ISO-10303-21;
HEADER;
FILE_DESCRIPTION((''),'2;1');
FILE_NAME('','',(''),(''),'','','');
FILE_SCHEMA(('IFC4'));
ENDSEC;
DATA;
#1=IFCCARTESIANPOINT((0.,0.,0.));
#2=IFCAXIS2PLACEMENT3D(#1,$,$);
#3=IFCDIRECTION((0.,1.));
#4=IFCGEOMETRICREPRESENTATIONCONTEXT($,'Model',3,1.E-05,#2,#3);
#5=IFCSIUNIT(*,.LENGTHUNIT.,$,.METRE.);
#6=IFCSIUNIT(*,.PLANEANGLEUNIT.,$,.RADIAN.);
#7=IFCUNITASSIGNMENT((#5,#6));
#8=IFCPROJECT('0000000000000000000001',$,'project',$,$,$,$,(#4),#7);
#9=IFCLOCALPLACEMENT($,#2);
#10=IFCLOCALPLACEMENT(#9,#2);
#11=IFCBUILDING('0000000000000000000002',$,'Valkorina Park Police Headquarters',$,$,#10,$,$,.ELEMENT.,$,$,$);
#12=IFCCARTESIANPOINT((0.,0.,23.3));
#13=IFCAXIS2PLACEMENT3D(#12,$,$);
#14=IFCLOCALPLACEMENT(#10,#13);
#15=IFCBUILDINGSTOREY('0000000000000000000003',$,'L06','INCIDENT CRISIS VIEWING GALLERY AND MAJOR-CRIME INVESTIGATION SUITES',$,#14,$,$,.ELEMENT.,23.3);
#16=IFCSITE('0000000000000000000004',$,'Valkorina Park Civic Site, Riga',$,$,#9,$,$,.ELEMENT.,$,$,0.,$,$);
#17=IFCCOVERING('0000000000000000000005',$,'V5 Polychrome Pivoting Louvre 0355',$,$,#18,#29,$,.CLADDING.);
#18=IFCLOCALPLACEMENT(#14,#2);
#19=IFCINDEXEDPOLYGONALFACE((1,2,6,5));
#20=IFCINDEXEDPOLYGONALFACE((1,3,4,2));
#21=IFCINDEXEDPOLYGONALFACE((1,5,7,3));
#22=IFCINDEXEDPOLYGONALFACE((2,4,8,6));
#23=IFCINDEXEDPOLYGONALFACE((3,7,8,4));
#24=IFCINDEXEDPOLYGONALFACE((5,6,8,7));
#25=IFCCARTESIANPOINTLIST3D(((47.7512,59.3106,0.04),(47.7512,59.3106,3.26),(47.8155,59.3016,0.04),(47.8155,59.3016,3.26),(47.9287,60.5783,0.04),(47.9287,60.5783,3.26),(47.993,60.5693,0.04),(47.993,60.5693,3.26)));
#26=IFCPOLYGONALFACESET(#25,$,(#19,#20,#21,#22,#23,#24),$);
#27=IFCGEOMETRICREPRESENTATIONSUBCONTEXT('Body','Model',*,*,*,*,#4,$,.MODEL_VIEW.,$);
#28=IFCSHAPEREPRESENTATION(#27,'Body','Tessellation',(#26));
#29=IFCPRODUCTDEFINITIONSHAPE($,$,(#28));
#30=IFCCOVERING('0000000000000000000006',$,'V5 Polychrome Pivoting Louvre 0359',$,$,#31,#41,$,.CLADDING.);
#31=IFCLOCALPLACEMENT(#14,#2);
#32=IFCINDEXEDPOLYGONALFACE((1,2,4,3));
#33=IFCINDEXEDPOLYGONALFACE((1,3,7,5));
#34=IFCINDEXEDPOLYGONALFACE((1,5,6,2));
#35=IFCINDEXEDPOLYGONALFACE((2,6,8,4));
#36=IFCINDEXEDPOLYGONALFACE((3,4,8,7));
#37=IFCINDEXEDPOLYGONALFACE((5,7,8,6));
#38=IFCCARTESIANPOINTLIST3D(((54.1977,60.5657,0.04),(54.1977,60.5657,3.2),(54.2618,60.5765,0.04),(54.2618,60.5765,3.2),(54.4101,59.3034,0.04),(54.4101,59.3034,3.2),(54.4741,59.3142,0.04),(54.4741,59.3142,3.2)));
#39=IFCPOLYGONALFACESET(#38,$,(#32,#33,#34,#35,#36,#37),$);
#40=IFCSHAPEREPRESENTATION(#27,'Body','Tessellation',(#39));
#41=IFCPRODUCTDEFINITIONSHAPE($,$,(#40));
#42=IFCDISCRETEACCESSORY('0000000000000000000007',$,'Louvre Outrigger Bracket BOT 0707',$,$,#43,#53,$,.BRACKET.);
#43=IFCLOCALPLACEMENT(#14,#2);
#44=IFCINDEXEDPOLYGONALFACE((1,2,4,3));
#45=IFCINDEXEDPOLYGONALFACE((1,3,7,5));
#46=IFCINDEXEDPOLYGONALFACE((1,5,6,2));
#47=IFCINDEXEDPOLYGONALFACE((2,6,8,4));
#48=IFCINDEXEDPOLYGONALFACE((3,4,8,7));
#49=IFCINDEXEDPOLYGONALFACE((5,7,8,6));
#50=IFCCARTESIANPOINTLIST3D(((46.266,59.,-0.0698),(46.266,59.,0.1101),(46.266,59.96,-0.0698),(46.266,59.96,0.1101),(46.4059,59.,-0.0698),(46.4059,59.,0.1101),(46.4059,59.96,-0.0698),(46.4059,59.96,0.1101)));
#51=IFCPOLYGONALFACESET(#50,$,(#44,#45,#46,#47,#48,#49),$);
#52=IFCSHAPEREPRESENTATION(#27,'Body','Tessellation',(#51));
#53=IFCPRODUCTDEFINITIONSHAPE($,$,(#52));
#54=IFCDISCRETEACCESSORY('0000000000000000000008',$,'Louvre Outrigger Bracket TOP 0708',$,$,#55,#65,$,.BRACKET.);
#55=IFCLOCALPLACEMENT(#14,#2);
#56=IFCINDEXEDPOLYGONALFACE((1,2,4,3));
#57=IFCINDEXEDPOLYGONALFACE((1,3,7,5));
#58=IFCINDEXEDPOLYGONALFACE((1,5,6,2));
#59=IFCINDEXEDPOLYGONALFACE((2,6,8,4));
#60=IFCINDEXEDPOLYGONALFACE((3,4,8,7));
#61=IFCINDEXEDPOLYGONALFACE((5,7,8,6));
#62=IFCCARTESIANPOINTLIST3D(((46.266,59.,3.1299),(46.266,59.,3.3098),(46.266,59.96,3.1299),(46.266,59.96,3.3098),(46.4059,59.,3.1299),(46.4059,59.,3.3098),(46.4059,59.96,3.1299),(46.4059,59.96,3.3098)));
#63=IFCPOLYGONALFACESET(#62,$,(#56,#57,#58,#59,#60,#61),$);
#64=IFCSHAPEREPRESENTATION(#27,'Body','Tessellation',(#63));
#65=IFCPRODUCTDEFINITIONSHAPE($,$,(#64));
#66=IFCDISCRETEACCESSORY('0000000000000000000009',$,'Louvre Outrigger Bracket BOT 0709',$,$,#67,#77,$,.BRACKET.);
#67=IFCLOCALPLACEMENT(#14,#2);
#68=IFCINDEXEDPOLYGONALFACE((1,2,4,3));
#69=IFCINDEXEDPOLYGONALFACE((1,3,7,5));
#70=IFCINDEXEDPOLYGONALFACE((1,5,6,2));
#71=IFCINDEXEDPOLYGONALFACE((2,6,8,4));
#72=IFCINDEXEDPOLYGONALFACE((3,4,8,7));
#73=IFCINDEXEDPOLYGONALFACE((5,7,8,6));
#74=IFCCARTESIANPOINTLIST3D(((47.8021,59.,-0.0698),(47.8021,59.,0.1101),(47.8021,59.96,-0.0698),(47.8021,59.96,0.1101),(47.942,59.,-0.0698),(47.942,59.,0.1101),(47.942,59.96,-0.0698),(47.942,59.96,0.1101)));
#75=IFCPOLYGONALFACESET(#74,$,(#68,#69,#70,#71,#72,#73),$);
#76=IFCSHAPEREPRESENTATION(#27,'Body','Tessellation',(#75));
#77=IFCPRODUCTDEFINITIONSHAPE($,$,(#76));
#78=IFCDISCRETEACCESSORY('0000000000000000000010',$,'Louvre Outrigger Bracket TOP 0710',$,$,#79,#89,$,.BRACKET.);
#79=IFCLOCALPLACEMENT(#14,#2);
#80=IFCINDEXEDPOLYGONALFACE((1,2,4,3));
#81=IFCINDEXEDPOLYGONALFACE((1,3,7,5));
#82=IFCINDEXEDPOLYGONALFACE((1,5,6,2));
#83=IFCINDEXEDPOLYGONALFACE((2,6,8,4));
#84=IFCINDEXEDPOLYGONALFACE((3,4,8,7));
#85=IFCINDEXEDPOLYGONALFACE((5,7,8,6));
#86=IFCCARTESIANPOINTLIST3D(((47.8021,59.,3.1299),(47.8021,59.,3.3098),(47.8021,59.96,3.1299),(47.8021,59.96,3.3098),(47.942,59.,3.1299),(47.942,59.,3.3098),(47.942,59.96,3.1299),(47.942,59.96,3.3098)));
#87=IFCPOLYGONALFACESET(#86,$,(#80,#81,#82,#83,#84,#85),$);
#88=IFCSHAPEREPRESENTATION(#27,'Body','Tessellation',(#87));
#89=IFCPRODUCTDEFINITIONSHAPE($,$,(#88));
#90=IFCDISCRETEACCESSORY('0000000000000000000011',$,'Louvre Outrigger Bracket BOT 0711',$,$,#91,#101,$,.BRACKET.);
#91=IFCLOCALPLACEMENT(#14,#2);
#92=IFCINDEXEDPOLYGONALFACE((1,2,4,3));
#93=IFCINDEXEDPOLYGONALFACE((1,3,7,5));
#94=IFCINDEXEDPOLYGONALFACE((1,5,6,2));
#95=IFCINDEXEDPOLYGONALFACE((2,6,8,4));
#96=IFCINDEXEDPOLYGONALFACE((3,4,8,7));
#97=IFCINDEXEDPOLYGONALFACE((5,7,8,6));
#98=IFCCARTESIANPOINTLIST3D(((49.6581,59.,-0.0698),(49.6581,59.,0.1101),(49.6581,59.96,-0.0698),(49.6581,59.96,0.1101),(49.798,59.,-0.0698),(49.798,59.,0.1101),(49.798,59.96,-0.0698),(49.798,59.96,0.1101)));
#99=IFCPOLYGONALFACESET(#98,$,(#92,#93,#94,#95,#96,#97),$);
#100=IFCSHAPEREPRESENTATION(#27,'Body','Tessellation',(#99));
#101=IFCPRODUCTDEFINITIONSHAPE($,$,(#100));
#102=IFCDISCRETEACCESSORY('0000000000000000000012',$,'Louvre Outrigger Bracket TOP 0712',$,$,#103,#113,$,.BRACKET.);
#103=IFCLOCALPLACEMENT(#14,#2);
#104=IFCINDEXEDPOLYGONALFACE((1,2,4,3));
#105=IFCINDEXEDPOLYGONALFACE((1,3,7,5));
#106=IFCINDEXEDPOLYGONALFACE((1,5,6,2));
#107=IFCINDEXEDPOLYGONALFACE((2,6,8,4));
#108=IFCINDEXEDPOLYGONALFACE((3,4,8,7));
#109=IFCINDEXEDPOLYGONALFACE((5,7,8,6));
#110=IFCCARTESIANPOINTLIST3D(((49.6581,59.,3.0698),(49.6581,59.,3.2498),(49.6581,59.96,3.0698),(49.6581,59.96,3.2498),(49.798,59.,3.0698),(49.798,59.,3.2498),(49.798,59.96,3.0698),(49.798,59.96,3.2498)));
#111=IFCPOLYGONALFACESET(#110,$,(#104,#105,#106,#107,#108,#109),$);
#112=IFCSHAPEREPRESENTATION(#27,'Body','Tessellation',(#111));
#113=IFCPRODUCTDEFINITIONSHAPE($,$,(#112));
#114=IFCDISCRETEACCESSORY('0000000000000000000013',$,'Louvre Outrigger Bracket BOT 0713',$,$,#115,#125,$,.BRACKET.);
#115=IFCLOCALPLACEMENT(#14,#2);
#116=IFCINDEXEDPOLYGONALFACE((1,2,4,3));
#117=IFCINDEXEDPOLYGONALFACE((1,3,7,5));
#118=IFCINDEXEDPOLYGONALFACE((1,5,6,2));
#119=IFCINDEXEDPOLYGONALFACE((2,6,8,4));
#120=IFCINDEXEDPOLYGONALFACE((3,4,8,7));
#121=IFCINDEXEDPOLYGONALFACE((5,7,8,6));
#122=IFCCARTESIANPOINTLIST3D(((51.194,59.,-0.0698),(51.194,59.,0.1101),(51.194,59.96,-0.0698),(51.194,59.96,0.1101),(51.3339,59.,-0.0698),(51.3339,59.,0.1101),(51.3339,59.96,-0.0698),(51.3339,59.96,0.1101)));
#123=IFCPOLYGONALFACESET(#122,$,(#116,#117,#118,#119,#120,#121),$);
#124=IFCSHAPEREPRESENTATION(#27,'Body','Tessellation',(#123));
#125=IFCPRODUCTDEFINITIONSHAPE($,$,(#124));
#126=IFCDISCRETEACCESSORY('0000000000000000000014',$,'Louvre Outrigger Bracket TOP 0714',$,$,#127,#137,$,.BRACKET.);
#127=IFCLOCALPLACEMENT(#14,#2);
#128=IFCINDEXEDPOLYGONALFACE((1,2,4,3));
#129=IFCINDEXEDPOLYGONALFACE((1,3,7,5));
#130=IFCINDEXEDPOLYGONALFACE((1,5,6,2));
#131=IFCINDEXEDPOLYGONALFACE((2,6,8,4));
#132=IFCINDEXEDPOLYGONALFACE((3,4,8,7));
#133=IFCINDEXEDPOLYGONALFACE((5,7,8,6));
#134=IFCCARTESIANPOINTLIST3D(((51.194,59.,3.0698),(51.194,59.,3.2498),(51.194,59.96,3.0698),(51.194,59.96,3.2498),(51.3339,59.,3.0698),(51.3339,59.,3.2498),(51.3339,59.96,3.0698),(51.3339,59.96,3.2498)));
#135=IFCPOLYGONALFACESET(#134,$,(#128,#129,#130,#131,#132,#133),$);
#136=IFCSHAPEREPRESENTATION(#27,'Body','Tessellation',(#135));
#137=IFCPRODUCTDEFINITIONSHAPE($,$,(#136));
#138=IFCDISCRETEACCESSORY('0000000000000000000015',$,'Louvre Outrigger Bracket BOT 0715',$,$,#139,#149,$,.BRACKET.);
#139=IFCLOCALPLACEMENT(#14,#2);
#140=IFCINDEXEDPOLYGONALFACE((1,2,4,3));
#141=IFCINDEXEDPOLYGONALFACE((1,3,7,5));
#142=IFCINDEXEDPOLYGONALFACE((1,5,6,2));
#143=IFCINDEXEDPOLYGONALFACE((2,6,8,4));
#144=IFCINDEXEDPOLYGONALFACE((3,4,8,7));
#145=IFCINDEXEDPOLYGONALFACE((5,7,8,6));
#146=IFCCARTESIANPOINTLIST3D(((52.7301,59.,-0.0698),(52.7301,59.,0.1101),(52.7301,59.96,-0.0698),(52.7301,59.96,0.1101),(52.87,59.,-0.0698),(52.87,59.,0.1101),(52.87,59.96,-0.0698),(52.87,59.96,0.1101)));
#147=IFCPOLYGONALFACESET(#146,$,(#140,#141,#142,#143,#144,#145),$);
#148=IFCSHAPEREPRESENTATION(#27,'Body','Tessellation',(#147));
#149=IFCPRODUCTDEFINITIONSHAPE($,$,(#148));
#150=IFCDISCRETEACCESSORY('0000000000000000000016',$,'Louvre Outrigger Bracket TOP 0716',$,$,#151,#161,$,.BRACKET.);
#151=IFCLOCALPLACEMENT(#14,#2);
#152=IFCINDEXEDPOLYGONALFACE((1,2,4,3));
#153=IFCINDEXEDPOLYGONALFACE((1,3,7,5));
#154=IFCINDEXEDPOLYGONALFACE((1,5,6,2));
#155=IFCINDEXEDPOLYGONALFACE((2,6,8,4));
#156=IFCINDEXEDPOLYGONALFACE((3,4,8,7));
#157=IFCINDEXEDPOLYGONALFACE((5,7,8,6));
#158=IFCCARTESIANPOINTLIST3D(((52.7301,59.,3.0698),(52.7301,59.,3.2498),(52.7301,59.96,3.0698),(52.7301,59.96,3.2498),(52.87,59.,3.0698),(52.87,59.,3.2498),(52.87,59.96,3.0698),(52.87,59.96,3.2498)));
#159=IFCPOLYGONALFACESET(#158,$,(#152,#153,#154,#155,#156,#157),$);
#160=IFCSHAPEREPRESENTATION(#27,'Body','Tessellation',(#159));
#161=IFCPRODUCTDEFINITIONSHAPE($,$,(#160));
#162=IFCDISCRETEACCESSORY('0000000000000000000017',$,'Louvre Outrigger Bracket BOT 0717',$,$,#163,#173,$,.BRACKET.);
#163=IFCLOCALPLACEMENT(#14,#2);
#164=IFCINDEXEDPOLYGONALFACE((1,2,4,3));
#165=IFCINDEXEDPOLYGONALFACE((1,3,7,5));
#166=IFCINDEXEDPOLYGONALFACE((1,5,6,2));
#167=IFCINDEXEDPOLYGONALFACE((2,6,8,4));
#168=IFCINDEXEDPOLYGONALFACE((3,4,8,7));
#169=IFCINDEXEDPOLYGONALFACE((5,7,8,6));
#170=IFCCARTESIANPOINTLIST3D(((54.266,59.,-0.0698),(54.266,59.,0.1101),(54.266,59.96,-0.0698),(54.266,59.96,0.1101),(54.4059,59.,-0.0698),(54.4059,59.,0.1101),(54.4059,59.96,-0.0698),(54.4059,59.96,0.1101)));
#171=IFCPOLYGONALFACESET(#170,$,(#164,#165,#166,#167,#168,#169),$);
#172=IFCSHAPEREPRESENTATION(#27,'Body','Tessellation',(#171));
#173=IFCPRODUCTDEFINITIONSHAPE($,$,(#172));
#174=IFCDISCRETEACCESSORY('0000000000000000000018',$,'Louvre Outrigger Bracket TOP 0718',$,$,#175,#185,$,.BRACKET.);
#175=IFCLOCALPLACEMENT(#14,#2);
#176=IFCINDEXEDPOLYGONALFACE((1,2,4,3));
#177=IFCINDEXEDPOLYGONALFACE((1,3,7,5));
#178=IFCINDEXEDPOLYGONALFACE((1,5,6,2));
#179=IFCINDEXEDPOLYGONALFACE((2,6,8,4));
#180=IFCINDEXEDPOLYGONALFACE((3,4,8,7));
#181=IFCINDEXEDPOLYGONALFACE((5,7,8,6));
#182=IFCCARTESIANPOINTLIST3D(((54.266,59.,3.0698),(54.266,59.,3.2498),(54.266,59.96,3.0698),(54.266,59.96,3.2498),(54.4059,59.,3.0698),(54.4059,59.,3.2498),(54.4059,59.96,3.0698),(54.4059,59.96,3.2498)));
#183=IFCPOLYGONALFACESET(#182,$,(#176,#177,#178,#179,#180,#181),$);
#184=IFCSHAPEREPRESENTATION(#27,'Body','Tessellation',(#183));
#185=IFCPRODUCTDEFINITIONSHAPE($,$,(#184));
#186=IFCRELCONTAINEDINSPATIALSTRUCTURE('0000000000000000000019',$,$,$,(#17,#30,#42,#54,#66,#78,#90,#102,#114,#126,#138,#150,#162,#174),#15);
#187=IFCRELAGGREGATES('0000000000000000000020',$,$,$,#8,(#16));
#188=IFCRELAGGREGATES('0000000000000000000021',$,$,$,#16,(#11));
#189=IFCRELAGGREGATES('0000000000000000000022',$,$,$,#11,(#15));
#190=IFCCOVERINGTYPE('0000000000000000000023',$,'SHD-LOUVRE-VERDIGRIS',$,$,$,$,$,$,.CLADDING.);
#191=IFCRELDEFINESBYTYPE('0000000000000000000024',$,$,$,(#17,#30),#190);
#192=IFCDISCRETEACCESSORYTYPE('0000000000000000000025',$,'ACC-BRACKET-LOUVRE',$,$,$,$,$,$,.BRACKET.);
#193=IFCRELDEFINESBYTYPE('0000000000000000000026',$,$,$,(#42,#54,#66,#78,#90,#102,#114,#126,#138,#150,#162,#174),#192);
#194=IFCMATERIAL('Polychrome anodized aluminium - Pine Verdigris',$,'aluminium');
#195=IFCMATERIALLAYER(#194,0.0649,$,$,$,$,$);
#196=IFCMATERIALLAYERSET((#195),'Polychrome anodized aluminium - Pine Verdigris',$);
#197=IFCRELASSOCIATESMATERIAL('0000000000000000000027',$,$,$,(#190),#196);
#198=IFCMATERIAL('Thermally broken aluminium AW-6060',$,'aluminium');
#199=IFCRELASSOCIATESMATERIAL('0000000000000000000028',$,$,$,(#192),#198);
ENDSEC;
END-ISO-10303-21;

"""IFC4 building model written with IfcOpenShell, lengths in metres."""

from ifc_helpers import new_model, si_unit, direction, frame, origin, origin_2d, place, context, subcontext, project, spatial, rectangle, extrude, material, layer, layer_set, type_object, element, save


model = new_model("IFC4")

# Units and contexts
model_context = context("Model", 3, precision=1e-05, world=origin(), true_north=direction((0.0, 1.0)))
body_context = subcontext(model_context, "Body", "Model", "MODEL_VIEW")
ifc_project = project(units=[si_unit("LENGTHUNIT", "METRE"), si_unit("PLANEANGLEUNIT", "RADIAN")], contexts=[model_context])

# Site, building, storey
site_placement = place(None, origin())
site = spatial("IfcSite", under=ifc_project, at=site_placement, Name="Valkorina Park Civic Site, Riga", CompositionType="ELEMENT", RefElevation=0.0)
building_placement = place(site_placement, origin())
building = spatial("IfcBuilding", under=site, at=building_placement, Name="Valkorina Park Police Headquarters", CompositionType="ELEMENT")
storey_placement = place(building_placement, frame((0.0, 0.0, 23.3)))
storey = spatial("IfcBuildingStorey", under=building, at=storey_placement, Name="L06", Description="INCIDENT CRISIS VIEWING GALLERY AND MAJOR-CRIME INVESTIGATION SUITES", CompositionType="ELEMENT", Elevation=23.3)

# Shared definitions
ifc_material_1 = material(Name="Thermally broken aluminium AW-6060", Category="aluminium")

# Coverings
ifc_material_2 = material(Name="Polychrome anodized aluminium - Pine Verdigris", Category="aluminium")
ifc_layer_1 = layer(ifc_material_2, 0.0649)
ifc_layer_set_1 = layer_set([ifc_layer_1], Name="Polychrome anodized aluminium - Pine Verdigris")
covering_type_1 = type_object("IfcCoveringType", Name="SHD-LOUVRE-VERDIGRIS", PredefinedType="CLADDING", material=ifc_layer_set_1)
covering_1_placement = place(storey_placement, frame((47.8721, 59.9399, 0.04), z_axis=(0.0, 0.0, 1.0), x_axis=(0.138655, 0.990341, 0.0)))
element("IfcCovering", 1, at=covering_1_placement, inside=storey, type_object=covering_type_1, Name="V5 Polychrome Pivoting Louvre 0355", PredefinedType="CLADDING", context=body_context, shape_type="SweptSolid", body=[
    extrude(rectangle(XDim=1.28, YDim=0.0649, at=origin_2d()), origin(), (0.0, 0.0, 1.0), 3.22),
])
covering_2_placement = place(storey_placement, frame((54.3359, 59.9399, 0.04), z_axis=(0.0, 0.0, 1.0), x_axis=(-0.165908, 0.986141, 0.0)))
element("IfcCovering", 2, at=covering_2_placement, inside=storey, type_object=covering_type_1, Name="V5 Polychrome Pivoting Louvre 0359", PredefinedType="CLADDING", context=body_context, shape_type="SweptSolid", body=[
    extrude(rectangle(XDim=1.28, YDim=0.0649, at=origin_2d()), origin(), (0.0, 0.0, 1.0), 3.1599),
])

# Discrete accessories
discrete_accessory_type = type_object("IfcDiscreteAccessoryType", Name="ACC-BRACKET-LOUVRE", PredefinedType="BRACKET", material=ifc_material_1)
for number, where, z_axis, x_axis, name in (
    (3, (46.3359, 59.48, -0.0698), (0.0, 0.0, 1.0), (0.0, 1.0, 0.0), "Louvre Outrigger Bracket BOT 0707"),
    (4, (46.3359, 59.48, 3.1299), (0.0, 0.0, 1.0), (0.0, 1.0, 0.0), "Louvre Outrigger Bracket TOP 0708"),
    (5, (47.8721, 59.48, -0.0698), (0.0, 0.0, 1.0), (0.0, 1.0, 0.0), "Louvre Outrigger Bracket BOT 0709"),
    (6, (47.8721, 59.48, 3.1299), (0.0, 0.0, 1.0), (0.0, 1.0, 0.0), "Louvre Outrigger Bracket TOP 0710"),
    (7, (49.728, 59.48, -0.0698), (0.0, 0.0, 1.0), (0.0, 1.0, 0.0), "Louvre Outrigger Bracket BOT 0711"),
    (8, (49.728, 59.48, 3.0698), (0.0, 0.0, 1.0), (0.0, 1.0, 0.0), "Louvre Outrigger Bracket TOP 0712"),
    (9, (51.2639, 59.48, -0.0698), (0.0, 0.0, 1.0), (0.0, 1.0, 0.0), "Louvre Outrigger Bracket BOT 0713"),
    (10, (51.2639, 59.48, 3.0698), (0.0, 0.0, 1.0), (0.0, 1.0, 0.0), "Louvre Outrigger Bracket TOP 0714"),
    (11, (52.8, 59.48, -0.0698), (0.0, 0.0, 1.0), (0.0, 1.0, 0.0), "Louvre Outrigger Bracket BOT 0715"),
    (12, (52.8, 59.48, 3.0698), (0.0, 0.0, 1.0), (0.0, 1.0, 0.0), "Louvre Outrigger Bracket TOP 0716"),
    (13, (54.3359, 59.48, -0.0698), (0.0, 0.0, 1.0), (0.0, 1.0, 0.0), "Louvre Outrigger Bracket BOT 0717"),
    (14, (54.3359, 59.48, 3.0698), (0.0, 0.0, 1.0), (0.0, 1.0, 0.0), "Louvre Outrigger Bracket TOP 0718"),
):
    element("IfcDiscreteAccessory", number, at=place(storey_placement, frame(where, z_axis=z_axis, x_axis=x_axis)), inside=storey, type_object=discrete_accessory_type, Name=name, PredefinedType="BRACKET", context=body_context, shape_type="SweptSolid", body=[
        extrude(rectangle(XDim=0.96, YDim=0.1399, at=origin_2d()), origin(), (0.0, 0.0, 1.0), 0.1799),
    ])

save(model, "model.ifc")
